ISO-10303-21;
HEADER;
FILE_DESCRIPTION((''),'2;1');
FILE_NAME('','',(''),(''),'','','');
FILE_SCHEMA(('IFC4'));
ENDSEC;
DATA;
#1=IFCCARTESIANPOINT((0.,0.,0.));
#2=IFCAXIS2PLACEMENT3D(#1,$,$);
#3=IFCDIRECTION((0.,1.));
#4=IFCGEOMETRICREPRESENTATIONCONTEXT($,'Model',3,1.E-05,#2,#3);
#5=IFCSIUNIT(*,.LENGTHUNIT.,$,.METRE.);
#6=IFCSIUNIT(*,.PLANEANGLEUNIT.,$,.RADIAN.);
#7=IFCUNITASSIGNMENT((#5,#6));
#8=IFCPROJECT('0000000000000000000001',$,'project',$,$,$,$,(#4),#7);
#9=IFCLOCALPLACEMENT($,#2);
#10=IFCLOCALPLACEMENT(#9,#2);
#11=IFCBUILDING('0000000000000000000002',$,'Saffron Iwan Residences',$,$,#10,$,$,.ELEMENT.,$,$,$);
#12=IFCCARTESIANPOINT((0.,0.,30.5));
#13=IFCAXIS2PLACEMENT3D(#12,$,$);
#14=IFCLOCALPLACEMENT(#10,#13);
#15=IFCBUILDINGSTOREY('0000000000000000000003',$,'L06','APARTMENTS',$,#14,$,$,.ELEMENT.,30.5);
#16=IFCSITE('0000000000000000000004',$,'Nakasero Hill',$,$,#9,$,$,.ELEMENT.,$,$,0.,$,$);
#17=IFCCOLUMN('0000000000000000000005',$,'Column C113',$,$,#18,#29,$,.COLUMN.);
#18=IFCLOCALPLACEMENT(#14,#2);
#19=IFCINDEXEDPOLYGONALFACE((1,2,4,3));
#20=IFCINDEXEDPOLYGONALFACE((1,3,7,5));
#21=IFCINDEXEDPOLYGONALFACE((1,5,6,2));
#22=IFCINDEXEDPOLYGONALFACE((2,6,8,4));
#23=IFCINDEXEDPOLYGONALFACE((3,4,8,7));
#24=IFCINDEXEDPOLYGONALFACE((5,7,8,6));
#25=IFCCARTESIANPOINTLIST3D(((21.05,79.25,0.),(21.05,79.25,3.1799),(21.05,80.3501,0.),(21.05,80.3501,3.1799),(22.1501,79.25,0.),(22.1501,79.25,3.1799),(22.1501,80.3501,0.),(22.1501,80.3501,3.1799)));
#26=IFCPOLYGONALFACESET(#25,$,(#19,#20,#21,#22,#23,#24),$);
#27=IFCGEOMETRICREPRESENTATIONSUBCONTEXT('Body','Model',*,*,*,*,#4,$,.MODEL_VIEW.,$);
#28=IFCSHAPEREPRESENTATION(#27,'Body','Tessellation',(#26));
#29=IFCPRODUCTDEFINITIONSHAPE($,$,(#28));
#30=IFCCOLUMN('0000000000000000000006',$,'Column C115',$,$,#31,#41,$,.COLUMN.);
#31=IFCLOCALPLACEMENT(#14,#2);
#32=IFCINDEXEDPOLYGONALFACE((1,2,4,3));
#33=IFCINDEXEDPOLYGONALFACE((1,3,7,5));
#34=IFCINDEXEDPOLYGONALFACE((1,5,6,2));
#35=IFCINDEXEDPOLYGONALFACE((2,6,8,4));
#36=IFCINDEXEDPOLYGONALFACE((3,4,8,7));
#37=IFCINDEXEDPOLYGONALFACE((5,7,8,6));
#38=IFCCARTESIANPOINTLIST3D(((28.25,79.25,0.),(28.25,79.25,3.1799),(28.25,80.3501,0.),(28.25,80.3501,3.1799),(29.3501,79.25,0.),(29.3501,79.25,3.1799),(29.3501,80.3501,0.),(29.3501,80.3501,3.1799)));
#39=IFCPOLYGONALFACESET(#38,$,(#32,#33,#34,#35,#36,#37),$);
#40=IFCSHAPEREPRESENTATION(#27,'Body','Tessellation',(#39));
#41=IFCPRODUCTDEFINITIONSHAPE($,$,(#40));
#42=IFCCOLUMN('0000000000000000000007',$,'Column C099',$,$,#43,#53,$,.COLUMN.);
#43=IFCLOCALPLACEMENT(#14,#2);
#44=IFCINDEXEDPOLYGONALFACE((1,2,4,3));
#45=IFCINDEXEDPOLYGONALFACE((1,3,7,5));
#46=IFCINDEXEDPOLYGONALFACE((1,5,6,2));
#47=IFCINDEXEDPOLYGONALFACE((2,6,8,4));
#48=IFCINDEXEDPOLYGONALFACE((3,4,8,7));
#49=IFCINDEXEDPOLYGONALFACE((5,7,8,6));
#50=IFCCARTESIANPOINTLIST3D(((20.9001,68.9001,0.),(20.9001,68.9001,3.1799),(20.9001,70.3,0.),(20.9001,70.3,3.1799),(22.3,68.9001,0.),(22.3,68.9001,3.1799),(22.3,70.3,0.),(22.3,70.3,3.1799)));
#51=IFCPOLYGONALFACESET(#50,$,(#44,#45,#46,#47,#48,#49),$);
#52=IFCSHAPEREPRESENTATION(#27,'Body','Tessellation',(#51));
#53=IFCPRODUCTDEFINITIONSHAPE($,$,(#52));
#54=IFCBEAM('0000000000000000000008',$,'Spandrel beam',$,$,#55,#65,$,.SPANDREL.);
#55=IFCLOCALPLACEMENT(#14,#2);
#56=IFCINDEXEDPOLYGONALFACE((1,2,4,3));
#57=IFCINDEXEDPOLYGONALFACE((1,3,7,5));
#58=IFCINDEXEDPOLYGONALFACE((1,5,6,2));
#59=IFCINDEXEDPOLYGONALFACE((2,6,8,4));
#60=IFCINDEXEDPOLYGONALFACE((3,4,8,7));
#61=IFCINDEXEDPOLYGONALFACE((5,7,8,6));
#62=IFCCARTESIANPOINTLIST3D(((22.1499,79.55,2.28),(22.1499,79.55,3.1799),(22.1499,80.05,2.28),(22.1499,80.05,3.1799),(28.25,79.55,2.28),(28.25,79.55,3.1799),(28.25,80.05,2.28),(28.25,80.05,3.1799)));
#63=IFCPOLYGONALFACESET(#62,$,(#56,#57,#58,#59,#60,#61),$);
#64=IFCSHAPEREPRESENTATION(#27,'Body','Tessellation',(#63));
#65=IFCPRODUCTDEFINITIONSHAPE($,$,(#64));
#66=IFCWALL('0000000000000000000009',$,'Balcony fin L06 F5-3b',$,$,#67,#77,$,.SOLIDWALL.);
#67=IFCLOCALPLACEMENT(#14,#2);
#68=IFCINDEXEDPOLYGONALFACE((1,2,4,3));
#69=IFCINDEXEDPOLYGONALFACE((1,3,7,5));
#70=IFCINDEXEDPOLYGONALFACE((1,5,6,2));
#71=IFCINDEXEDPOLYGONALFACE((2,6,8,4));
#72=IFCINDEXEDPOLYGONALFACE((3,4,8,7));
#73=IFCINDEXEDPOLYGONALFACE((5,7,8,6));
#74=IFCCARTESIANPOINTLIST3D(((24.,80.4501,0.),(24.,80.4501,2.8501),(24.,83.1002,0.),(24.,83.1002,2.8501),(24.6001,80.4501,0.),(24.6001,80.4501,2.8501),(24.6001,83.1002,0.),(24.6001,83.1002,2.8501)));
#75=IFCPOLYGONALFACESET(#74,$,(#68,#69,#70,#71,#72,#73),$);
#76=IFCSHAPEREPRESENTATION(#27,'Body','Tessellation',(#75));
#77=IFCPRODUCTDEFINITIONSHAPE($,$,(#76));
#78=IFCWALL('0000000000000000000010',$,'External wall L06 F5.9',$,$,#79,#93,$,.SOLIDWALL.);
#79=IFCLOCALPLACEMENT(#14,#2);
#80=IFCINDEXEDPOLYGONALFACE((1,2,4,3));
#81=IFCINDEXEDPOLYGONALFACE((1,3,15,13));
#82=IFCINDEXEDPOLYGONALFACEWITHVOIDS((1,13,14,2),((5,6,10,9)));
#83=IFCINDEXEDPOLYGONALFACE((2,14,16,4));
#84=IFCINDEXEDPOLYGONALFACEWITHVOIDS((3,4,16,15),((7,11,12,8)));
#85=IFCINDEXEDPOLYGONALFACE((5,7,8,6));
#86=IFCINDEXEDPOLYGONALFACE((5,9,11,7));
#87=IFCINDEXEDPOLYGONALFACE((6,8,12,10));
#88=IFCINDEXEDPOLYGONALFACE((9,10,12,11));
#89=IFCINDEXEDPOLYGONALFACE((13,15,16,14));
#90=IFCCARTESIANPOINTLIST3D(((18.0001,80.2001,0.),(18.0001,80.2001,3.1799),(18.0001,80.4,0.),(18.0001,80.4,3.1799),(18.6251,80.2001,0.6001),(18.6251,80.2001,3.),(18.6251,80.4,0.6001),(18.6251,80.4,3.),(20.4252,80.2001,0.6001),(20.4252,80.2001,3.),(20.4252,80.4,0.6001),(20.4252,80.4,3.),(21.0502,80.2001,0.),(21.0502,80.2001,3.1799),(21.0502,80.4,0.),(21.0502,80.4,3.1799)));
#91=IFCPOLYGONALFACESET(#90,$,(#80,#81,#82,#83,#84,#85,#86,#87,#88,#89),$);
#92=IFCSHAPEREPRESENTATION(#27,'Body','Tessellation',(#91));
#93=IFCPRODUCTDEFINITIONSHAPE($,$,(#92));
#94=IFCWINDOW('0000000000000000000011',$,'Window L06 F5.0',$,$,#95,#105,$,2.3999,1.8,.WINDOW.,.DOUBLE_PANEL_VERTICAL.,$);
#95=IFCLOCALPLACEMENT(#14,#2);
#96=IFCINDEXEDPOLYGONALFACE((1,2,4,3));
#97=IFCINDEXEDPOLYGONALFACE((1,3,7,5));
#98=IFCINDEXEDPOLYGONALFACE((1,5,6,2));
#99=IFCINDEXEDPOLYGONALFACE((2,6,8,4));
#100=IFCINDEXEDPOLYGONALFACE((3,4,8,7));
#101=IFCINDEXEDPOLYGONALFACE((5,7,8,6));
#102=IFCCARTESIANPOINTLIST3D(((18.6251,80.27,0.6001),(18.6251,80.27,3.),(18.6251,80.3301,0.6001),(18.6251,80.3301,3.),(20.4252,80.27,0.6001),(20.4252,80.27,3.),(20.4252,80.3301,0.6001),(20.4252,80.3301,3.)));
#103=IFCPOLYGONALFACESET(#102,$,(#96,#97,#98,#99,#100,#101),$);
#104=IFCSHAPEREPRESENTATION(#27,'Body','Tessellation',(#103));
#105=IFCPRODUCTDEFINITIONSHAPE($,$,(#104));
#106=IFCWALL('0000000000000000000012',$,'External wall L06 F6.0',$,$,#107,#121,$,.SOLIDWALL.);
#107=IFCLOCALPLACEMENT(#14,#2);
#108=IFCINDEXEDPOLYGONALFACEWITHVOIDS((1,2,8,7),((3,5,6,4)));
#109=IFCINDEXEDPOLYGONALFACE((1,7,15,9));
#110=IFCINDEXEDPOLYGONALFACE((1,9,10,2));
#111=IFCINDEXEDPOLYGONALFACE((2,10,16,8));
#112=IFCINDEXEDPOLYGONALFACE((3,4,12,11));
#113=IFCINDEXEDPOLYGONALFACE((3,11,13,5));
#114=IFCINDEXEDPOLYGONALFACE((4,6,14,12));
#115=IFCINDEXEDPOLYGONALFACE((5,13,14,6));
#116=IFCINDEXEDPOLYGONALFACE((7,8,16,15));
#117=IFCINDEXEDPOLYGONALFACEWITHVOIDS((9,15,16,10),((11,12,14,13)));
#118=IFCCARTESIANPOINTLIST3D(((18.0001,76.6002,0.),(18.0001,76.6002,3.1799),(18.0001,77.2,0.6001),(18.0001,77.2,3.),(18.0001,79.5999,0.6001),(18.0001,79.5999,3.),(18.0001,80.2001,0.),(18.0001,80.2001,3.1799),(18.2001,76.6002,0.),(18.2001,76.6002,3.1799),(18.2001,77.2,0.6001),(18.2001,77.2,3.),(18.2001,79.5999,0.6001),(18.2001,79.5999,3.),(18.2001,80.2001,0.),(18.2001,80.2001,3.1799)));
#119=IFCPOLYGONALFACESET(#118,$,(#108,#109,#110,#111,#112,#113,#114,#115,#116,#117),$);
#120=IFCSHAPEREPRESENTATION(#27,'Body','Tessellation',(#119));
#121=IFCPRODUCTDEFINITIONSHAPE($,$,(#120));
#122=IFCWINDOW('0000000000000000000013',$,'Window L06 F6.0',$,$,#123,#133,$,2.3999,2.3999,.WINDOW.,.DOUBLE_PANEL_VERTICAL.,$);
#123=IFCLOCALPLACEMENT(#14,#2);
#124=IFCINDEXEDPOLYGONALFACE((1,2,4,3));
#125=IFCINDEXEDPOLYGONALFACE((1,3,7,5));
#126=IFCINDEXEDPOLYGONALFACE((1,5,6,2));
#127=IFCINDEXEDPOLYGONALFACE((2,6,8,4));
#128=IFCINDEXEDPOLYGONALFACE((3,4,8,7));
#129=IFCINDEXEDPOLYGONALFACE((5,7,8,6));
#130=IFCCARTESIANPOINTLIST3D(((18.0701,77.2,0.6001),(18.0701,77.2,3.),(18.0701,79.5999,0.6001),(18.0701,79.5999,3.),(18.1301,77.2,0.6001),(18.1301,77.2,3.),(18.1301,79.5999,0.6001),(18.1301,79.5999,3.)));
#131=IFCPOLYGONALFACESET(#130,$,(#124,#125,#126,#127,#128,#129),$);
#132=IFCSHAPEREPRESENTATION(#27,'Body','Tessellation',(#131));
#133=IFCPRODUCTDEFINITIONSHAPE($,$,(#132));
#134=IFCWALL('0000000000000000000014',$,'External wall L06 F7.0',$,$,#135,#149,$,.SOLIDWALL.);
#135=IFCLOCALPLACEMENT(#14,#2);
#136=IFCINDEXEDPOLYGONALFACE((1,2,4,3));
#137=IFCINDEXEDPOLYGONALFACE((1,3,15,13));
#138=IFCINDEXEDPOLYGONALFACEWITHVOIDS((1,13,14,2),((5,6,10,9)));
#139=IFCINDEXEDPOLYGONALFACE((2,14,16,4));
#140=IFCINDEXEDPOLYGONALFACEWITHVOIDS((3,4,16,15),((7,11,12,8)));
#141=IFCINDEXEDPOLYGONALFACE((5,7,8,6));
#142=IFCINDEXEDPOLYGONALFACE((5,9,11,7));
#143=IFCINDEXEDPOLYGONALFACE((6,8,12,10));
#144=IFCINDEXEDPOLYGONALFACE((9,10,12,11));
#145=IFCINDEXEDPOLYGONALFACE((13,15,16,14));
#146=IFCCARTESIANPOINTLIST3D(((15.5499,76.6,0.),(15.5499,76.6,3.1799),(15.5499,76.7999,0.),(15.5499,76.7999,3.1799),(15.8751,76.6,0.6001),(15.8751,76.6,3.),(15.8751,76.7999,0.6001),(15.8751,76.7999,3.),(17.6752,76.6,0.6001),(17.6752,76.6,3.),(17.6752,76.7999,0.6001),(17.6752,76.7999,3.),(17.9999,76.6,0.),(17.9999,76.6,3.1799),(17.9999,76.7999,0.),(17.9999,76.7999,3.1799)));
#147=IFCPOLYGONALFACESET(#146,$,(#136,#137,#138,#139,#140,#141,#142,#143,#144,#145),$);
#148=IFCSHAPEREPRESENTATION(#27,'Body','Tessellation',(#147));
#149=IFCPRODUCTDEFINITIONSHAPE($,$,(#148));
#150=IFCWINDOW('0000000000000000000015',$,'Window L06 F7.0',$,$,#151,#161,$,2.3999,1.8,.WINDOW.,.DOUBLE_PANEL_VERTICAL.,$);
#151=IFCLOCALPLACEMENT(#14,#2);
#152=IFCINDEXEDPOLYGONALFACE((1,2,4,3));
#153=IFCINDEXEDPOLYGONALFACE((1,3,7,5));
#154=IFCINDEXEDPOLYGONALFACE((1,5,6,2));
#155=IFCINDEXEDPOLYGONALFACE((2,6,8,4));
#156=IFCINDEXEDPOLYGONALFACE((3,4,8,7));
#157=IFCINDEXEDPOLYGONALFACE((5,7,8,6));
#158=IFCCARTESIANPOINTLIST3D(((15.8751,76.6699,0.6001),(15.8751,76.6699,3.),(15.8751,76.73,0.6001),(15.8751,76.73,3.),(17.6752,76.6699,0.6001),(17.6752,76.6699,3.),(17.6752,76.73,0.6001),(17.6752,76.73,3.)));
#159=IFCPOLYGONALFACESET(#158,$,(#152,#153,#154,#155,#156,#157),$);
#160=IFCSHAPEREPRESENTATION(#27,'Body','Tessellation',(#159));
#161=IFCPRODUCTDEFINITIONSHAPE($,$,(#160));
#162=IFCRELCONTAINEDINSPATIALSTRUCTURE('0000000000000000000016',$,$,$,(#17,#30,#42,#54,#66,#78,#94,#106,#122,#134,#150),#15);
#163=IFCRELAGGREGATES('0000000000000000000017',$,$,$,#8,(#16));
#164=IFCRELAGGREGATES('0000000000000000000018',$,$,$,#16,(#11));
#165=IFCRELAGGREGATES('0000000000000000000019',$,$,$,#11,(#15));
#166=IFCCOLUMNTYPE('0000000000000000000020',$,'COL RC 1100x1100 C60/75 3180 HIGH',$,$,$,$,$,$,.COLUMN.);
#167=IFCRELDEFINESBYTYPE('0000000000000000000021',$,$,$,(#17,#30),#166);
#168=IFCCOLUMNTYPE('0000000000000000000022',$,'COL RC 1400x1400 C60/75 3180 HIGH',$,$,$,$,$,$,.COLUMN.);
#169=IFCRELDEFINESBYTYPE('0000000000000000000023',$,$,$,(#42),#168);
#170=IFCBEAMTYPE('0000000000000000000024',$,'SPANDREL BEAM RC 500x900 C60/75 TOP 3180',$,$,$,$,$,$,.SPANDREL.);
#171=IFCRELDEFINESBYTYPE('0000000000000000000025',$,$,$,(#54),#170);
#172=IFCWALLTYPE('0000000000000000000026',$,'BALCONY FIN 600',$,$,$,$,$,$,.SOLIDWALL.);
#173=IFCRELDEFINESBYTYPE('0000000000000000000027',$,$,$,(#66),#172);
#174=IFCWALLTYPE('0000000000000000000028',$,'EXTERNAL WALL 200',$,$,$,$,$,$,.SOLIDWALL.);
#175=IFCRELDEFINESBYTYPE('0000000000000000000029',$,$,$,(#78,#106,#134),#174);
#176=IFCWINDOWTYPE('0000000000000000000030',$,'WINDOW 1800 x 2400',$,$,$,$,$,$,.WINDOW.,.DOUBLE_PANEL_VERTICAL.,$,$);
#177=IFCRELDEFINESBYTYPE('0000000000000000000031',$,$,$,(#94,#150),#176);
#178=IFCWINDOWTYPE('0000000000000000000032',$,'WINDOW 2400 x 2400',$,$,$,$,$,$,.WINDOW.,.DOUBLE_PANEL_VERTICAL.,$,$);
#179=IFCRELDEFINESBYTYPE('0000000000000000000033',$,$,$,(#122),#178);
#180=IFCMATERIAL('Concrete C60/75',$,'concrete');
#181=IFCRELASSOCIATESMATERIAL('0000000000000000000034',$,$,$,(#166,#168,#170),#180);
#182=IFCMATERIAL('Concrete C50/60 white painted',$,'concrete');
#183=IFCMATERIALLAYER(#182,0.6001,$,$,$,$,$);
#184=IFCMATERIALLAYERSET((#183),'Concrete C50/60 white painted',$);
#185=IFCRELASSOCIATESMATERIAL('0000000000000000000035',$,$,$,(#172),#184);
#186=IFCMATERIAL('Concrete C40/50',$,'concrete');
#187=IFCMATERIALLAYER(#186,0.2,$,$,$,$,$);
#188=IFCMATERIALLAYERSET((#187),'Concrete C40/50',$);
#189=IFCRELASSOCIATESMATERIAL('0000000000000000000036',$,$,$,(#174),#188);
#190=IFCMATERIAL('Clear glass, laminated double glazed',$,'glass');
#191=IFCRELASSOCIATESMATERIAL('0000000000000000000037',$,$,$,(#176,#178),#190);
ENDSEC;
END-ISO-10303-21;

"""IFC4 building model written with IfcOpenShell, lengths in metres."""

from ifc_helpers import new_model, si_unit, direction, frame, frame_2d, origin, origin_2d, place, context, subcontext, project, spatial, rectangle, extrude, source, transform, mapped, material, layer, layer_set, material_profile, profile_set, type_object, element, fill, save


model = new_model("IFC4")

# Units and contexts
model_context = context("Model", 3, precision=1e-05, world=origin(), true_north=direction((0.0, 1.0)))
body_context = subcontext(model_context, "Body", "Model", "MODEL_VIEW")
ifc_project = project(units=[si_unit("LENGTHUNIT", "METRE"), si_unit("PLANEANGLEUNIT", "RADIAN")], contexts=[model_context])

# Site, building, storey
site_placement = place(None, origin())
site = spatial("IfcSite", under=ifc_project, at=site_placement, Name="Nakasero Hill", CompositionType="ELEMENT", RefElevation=0.0)
building_placement = place(site_placement, origin())
building = spatial("IfcBuilding", under=site, at=building_placement, Name="Saffron Iwan Residences", CompositionType="ELEMENT")
storey_placement = place(building_placement, frame((0.0, 0.0, 30.5)))
storey = spatial("IfcBuildingStorey", under=building, at=storey_placement, Name="L06", Description="APARTMENTS", CompositionType="ELEMENT", Elevation=30.5)

# Columns
ifc_material_1 = material(Name="Concrete C60/75", Category="concrete")
ifc_material_profile_1 = material_profile(ifc_material_1, rectangle(XDim=1.1001, YDim=1.1001, at=origin_2d()), Name="RC 1100x1100")
ifc_profile_set_1 = profile_set([ifc_material_profile_1], Name="Concrete C60/75")
column_type_1 = type_object("IfcColumnType", Name="COL RC 1100x1100 C60/75 3180 HIGH", PredefinedType="COLUMN", material=ifc_profile_set_1)
shared_shape_1 = source(origin(), body_context, "Body", "SweptSolid", [
    extrude(rectangle(XDim=1.1001, YDim=1.1001, at=origin_2d()), origin(), (0.0, 0.0, 1.0), 3.1799),
])
for number, where, z_axis, x_axis, name in (
    (1, (21.6001, 79.8, 0.0), (0.0, 0.0, 1.0), (1.0, 0.0, 0.0), "Column C113"),
    (2, (28.8, 79.8, 0.0), (0.0, 0.0, 1.0), (1.0, 0.0, 0.0), "Column C115"),
):
    element("IfcColumn", number, at=place(storey_placement, frame(where, z_axis=z_axis, x_axis=x_axis)), inside=storey, type_object=column_type_1, Name=name, PredefinedType="COLUMN", context=body_context, shape_type="MappedRepresentation", body=[
        mapped(shared_shape_1, transform((0.0, 0.0, 0.0))),
    ])
ifc_material_profile_2 = material_profile(ifc_material_1, rectangle(XDim=1.3999, YDim=1.3999, at=origin_2d()), Name="RC 1400x1400")
ifc_profile_set_2 = profile_set([ifc_material_profile_2], Name="Concrete C60/75")
column_type_2 = type_object("IfcColumnType", Name="COL RC 1400x1400 C60/75 3180 HIGH", PredefinedType="COLUMN", material=ifc_profile_set_2)
shared_shape_2 = source(origin(), body_context, "Body", "SweptSolid", [
    extrude(rectangle(XDim=1.3999, YDim=1.3999, at=origin_2d()), origin(), (0.0, 0.0, 1.0), 3.1799),
])
column_placement = place(storey_placement, frame((21.6001, 69.6001, 0.0), z_axis=(0.0, 0.0, 1.0), x_axis=(1.0, 0.0, 0.0)))
element("IfcColumn", 3, at=column_placement, inside=storey, type_object=column_type_2, Name="Column C099", PredefinedType="COLUMN", context=body_context, shape_type="MappedRepresentation", body=[
    mapped(shared_shape_2, transform((0.0, 0.0, 0.0))),
])

# Beam
ifc_material_profile_3 = material_profile(ifc_material_1, rectangle(XDim=0.5, YDim=0.8999, at=origin_2d()), Name="RC 500x900")
ifc_profile_set_3 = profile_set([ifc_material_profile_3], Name="Concrete C60/75")
beam_type = type_object("IfcBeamType", Name="SPANDREL BEAM RC 500x900 C60/75 TOP 3180", PredefinedType="SPANDREL", material=ifc_profile_set_3)
shared_shape_3 = source(origin(), body_context, "Body", "SweptSolid", [
    extrude(rectangle(XDim=0.5, YDim=0.8999, at=origin_2d()), origin(), (0.0, 0.0, 1.0), 6.1001),
])
beam_placement = place(storey_placement, frame((22.1499, 79.8, 2.73), z_axis=(1.0, 0.0, 0.0), x_axis=(0.0, 1.0, 0.0)))
element("IfcBeam", 4, at=beam_placement, inside=storey, type_object=beam_type, Name="Spandrel beam", PredefinedType="SPANDREL", context=body_context, shape_type="MappedRepresentation", body=[
    mapped(shared_shape_3, transform((0.0, 0.0, 0.0))),
])

# Wall
ifc_material_2 = material(Name="Concrete C50/60 white painted", Category="concrete")
ifc_layer_1 = layer(ifc_material_2, 0.6001)
ifc_layer_set_1 = layer_set([ifc_layer_1], Name="Concrete C50/60 white painted")
wall_type_1 = type_object("IfcWallType", Name="BALCONY FIN 600", PredefinedType="SOLIDWALL", material=ifc_layer_set_1)
wall_1_placement = place(storey_placement, frame((24.3, 80.45, 0.0), z_axis=(0.0, 0.0, 1.0), x_axis=(0.0, 1.0, 0.0)))
element("IfcWall", 5, at=wall_1_placement, inside=storey, type_object=wall_type_1, Name="Balcony fin L06 F5-3b", PredefinedType="SOLIDWALL", context=body_context, shape_type="SweptSolid", body=[
    extrude(rectangle(XDim=2.6501, YDim=0.6001, at=frame_2d((1.3252, 0.0))), origin(), (0.0, 0.0, 1.0), 2.8501),
])

# Shared definitions
ifc_material_3 = material(Name="Concrete C40/50", Category="concrete")
ifc_layer_2 = layer(ifc_material_3, 0.2)
ifc_layer_set_2 = layer_set([ifc_layer_2], Name="Concrete C40/50")
wall_type_2 = type_object("IfcWallType", Name="EXTERNAL WALL 200", PredefinedType="SOLIDWALL", material=ifc_layer_set_2)
ifc_material_4 = material(Name="Clear glass, laminated double glazed", Category="glass")

# Walls, openings, windows
wall_2_placement = place(storey_placement, frame((21.05, 80.3, 0.0), z_axis=(0.0, 0.0, 1.0), x_axis=(-1.0, 0.0, 0.0)))
wall_2 = element("IfcWall", 6, at=wall_2_placement, inside=storey, type_object=wall_type_2, Name="External wall L06 F5.9", PredefinedType="SOLIDWALL", context=body_context, shape_type="SweptSolid", body=[
    extrude(rectangle(XDim=3.05, YDim=0.2, at=frame_2d((1.5249, 0.0))), origin(), (0.0, 0.0, 1.0), 3.1799),
])
opening_1_placement = place(wall_2_placement, frame((0.625, 0.0, 0.6001)))
opening_1 = element("IfcOpeningElement", 7, at=opening_1_placement, cuts=wall_2, PredefinedType="OPENING", context=body_context, shape_type="SweptSolid", body=[
    extrude(rectangle(XDim=1.8, YDim=2.3999, at=frame_2d((0.8999, 1.2))), frame((0.0, 0.1099, 0.0), z_axis=(0.0, -1.0, 0.0), x_axis=(1.0, 0.0, 0.0)), (0.0, 0.0, 1.0), 0.22),
])
window_type_1 = type_object("IfcWindowType", Name="WINDOW 1800 x 2400", PartitioningType="DOUBLE_PANEL_VERTICAL", PredefinedType="WINDOW", material=ifc_material_4)
window_1_placement = place(opening_1_placement, origin())
window_1 = element("IfcWindow", 8, at=window_1_placement, inside=storey, type_object=window_type_1, Name="Window L06 F5.0", OverallHeight=2.3999, OverallWidth=1.8, PartitioningType="DOUBLE_PANEL_VERTICAL", PredefinedType="WINDOW", context=body_context, shape_type="SweptSolid", body=[
    extrude(rectangle(XDim=1.8, YDim=2.3999, at=frame_2d((0.8999, 1.2))), frame((0.0, 0.03, 0.0), z_axis=(0.0, -1.0, 0.0), x_axis=(1.0, 0.0, 0.0)), (0.0, 0.0, 1.0), 0.0601),
])
fill(opening_1, window_1)
wall_3_placement = place(storey_placement, frame((18.1001, 80.2, 0.0), z_axis=(0.0, 0.0, 1.0), x_axis=(0.0, -1.0, 0.0)))
wall_3 = element("IfcWall", 9, at=wall_3_placement, inside=storey, type_object=wall_type_2, Name="External wall L06 F6.0", PredefinedType="SOLIDWALL", context=body_context, shape_type="SweptSolid", body=[
    extrude(rectangle(XDim=3.5999, YDim=0.2, at=frame_2d((1.7998, 0.0))), origin(), (0.0, 0.0, 1.0), 3.1799),
])
opening_2_placement = place(wall_3_placement, frame((0.6001, 0.0, 0.6001)))
opening_2 = element("IfcOpeningElement", 10, at=opening_2_placement, cuts=wall_3, PredefinedType="OPENING", context=body_context, shape_type="SweptSolid", body=[
    extrude(rectangle(XDim=2.3999, YDim=2.3999, at=frame_2d((1.2, 1.2))), frame((0.0, 0.1099, 0.0), z_axis=(0.0, -1.0, 0.0), x_axis=(1.0, 0.0, 0.0)), (0.0, 0.0, 1.0), 0.22),
])
window_type_2 = type_object("IfcWindowType", Name="WINDOW 2400 x 2400", PartitioningType="DOUBLE_PANEL_VERTICAL", PredefinedType="WINDOW", material=ifc_material_4)
window_2_placement = place(opening_2_placement, origin())
window_2 = element("IfcWindow", 11, at=window_2_placement, inside=storey, type_object=window_type_2, Name="Window L06 F6.0", OverallHeight=2.3999, OverallWidth=2.3999, PartitioningType="DOUBLE_PANEL_VERTICAL", PredefinedType="WINDOW", context=body_context, shape_type="SweptSolid", body=[
    extrude(rectangle(XDim=2.3999, YDim=2.3999, at=frame_2d((1.2, 1.2))), frame((0.0, 0.03, 0.0), z_axis=(0.0, -1.0, 0.0), x_axis=(1.0, 0.0, 0.0)), (0.0, 0.0, 1.0), 0.0601),
])
fill(opening_2, window_2)
wall_4_placement = place(storey_placement, frame((18.0, 76.7, 0.0), z_axis=(0.0, 0.0, 1.0), x_axis=(-1.0, 0.0, 0.0)))
wall_4 = element("IfcWall", 12, at=wall_4_placement, inside=storey, type_object=wall_type_2, Name="External wall L06 F7.0", PredefinedType="SOLIDWALL", context=body_context, shape_type="SweptSolid", body=[
    extrude(rectangle(XDim=2.45, YDim=0.2, at=frame_2d((1.2251, 0.0))), origin(), (0.0, 0.0, 1.0), 3.1799),
])
opening_3_placement = place(wall_4_placement, frame((0.325, 0.0, 0.6001)))
opening_3 = element("IfcOpeningElement", 13, at=opening_3_placement, cuts=wall_4, PredefinedType="OPENING", context=body_context, shape_type="SweptSolid", body=[
    extrude(rectangle(XDim=1.8, YDim=2.3999, at=frame_2d((0.8999, 1.2))), frame((0.0, 0.1099, 0.0), z_axis=(0.0, -1.0, 0.0), x_axis=(1.0, 0.0, 0.0)), (0.0, 0.0, 1.0), 0.22),
])
window_3_placement = place(opening_3_placement, origin())
window_3 = element("IfcWindow", 14, at=window_3_placement, inside=storey, type_object=window_type_1, Name="Window L06 F7.0", OverallHeight=2.3999, OverallWidth=1.8, PartitioningType="DOUBLE_PANEL_VERTICAL", PredefinedType="WINDOW", context=body_context, shape_type="SweptSolid", body=[
    extrude(rectangle(XDim=1.8, YDim=2.3999, at=frame_2d((0.8999, 1.2))), frame((0.0, 0.03, 0.0), z_axis=(0.0, -1.0, 0.0), x_axis=(1.0, 0.0, 0.0)), (0.0, 0.0, 1.0), 0.0601),
])
fill(opening_3, window_3)

save(model, "model.ifc")
